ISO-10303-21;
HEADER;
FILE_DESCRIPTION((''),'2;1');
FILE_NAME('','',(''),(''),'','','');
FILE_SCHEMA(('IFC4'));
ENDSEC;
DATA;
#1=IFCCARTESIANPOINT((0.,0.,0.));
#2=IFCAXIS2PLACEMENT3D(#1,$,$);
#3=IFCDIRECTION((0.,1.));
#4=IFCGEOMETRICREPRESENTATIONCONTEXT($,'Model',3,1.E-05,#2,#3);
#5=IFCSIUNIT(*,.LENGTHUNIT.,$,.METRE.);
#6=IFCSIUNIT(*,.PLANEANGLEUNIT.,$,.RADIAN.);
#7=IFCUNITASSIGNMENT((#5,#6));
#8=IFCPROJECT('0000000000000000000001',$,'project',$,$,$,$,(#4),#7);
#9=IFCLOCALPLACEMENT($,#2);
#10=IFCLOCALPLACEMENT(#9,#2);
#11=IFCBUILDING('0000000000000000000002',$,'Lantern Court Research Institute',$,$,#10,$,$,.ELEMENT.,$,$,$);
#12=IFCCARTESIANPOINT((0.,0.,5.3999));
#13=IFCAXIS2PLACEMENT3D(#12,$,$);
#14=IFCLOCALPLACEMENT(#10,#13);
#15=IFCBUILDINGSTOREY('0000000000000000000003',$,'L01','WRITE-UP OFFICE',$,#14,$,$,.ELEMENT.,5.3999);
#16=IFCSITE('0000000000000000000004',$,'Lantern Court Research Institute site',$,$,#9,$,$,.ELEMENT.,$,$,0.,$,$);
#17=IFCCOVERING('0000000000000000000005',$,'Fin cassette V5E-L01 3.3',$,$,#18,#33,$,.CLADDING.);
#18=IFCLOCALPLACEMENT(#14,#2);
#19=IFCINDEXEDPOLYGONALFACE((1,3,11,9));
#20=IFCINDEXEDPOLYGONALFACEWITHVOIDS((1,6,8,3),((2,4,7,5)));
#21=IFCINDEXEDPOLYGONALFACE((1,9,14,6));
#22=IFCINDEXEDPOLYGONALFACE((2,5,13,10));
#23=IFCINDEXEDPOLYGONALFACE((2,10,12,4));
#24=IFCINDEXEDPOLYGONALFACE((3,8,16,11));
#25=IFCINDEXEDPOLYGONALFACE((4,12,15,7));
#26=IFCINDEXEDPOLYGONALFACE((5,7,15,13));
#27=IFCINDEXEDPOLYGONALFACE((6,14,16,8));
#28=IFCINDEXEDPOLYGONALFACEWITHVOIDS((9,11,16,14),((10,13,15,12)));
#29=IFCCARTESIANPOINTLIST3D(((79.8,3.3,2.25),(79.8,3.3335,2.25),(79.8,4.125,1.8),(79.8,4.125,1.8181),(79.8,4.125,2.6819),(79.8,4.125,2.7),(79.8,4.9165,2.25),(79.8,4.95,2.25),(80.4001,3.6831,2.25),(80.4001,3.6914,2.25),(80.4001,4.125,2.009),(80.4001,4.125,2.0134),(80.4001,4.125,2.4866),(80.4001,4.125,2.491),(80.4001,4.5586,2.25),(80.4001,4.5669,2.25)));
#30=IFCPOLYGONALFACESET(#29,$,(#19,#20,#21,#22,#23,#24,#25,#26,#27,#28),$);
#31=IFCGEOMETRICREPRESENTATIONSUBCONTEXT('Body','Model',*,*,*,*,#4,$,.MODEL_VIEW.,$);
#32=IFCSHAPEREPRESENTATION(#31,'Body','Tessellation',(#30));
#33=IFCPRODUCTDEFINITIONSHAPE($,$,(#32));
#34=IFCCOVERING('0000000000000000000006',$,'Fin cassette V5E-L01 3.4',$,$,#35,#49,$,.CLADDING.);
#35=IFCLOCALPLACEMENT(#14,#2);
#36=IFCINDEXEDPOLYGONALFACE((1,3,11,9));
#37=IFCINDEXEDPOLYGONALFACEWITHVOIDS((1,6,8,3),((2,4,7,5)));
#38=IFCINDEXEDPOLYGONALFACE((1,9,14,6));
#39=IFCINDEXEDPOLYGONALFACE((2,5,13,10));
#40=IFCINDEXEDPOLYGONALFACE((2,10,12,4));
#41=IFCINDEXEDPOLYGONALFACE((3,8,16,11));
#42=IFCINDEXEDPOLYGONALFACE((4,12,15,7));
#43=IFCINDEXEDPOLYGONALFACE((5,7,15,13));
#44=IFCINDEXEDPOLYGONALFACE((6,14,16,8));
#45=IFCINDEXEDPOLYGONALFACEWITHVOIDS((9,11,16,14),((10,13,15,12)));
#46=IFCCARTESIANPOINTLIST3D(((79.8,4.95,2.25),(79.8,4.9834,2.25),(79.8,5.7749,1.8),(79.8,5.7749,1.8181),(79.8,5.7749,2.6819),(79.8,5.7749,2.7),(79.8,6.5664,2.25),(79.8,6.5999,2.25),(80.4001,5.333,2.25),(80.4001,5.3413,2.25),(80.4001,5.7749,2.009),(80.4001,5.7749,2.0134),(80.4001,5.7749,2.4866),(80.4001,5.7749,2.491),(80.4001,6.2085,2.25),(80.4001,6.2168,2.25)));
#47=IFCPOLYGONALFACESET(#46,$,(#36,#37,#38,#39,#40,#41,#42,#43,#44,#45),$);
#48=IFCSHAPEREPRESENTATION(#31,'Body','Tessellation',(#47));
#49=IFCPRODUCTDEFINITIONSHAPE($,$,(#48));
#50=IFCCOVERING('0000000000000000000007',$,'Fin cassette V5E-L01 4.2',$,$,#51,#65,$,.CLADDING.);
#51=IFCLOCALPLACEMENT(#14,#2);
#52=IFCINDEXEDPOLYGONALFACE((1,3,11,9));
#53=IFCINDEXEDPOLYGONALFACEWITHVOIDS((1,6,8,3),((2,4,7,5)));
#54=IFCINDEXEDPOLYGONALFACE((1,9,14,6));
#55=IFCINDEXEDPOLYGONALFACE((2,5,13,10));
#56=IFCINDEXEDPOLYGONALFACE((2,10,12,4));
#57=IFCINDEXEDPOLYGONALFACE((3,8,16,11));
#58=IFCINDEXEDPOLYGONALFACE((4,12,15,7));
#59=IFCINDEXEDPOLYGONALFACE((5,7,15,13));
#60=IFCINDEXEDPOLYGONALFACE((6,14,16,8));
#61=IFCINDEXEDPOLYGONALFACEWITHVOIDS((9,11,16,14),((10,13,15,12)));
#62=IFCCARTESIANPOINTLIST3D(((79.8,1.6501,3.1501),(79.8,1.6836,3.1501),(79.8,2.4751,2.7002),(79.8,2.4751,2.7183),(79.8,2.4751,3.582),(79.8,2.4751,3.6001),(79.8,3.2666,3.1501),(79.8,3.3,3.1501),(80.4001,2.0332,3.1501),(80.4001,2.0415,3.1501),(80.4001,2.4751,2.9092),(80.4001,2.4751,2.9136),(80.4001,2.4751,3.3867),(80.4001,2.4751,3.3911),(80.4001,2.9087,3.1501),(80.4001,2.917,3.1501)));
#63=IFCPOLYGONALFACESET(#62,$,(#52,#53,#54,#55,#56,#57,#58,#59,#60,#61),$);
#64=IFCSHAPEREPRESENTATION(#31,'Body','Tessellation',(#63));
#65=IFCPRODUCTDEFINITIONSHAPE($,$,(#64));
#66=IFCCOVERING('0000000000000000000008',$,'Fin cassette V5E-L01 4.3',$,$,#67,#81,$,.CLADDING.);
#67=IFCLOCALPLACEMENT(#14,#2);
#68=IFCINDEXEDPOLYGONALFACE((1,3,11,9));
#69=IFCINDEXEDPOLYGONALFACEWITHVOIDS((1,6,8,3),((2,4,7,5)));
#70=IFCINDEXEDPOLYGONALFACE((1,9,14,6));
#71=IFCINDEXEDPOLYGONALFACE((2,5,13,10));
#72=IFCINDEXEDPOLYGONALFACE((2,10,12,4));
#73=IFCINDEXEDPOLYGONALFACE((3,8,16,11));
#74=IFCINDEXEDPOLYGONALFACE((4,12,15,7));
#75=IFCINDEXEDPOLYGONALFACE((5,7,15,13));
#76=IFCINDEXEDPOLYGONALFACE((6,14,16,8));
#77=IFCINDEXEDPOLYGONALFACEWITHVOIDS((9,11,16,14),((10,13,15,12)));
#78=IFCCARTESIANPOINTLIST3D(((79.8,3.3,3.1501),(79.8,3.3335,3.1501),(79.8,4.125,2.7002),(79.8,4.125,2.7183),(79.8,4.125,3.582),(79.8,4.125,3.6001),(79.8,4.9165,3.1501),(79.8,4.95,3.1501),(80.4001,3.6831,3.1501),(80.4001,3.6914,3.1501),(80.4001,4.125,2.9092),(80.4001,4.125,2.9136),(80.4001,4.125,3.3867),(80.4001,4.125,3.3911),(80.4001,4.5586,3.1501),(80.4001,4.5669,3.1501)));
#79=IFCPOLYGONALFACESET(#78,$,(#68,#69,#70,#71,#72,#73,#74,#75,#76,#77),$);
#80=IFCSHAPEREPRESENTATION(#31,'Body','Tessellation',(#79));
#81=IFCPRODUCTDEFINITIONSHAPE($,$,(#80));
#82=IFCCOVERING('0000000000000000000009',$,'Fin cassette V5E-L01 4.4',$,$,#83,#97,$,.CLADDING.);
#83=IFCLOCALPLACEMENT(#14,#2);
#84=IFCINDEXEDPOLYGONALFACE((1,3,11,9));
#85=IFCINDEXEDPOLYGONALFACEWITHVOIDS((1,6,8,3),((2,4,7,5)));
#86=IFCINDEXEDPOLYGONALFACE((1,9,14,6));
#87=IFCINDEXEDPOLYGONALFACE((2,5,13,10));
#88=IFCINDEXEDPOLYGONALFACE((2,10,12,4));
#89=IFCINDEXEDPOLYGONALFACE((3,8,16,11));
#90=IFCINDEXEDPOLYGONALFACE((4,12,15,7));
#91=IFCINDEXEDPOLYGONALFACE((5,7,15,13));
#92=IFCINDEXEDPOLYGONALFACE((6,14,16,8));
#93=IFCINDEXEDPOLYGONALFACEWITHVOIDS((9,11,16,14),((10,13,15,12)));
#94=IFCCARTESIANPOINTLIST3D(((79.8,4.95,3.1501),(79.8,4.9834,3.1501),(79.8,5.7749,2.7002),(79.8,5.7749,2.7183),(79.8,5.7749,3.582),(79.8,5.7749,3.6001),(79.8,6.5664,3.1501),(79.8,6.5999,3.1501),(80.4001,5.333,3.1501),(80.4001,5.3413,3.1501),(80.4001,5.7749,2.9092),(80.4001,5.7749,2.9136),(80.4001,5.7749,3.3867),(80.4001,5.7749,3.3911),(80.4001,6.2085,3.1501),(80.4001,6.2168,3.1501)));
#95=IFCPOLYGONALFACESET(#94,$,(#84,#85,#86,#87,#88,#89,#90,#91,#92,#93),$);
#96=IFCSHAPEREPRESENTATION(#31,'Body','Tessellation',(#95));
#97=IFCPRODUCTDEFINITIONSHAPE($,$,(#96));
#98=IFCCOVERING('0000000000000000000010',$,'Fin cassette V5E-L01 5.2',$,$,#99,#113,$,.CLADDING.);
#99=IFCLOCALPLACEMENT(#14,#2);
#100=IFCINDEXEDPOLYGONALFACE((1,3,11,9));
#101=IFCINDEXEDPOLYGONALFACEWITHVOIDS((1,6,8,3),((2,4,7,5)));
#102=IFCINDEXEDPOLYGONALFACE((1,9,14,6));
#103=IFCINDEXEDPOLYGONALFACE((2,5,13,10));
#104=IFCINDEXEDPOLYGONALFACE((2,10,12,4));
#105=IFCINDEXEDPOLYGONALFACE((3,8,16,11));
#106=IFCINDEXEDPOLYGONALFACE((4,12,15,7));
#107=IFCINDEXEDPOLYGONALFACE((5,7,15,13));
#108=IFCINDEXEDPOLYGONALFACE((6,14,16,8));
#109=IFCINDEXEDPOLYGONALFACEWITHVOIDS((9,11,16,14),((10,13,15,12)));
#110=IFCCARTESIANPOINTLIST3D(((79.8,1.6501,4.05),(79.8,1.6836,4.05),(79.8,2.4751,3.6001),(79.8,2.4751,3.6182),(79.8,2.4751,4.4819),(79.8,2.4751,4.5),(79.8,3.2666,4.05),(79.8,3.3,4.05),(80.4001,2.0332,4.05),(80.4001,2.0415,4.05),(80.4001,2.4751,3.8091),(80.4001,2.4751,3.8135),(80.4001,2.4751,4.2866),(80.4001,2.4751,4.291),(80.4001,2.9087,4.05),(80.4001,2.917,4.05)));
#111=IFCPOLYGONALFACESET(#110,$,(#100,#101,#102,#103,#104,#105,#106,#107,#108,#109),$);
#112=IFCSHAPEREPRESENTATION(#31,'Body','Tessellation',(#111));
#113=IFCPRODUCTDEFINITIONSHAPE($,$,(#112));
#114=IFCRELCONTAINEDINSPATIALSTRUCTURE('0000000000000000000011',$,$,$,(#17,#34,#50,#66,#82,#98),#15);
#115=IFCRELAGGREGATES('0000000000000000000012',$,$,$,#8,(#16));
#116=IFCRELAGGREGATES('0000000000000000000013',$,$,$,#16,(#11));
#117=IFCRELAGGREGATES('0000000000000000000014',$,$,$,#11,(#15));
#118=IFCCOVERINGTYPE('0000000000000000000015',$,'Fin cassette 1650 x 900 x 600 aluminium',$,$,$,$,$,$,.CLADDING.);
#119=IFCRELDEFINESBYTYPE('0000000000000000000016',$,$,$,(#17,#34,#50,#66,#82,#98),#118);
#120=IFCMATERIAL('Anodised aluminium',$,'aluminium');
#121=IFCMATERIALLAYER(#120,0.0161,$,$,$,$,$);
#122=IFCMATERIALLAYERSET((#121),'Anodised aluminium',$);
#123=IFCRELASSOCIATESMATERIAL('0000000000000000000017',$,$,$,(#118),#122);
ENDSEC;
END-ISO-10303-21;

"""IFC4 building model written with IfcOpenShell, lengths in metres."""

from ifc_helpers import new_model, entity, si_unit, direction, frame, origin, place, context, subcontext, project, spatial, material, layer, layer_set, type_object, element, save


model = new_model("IFC4")

# Units and contexts
model_context = context("Model", 3, precision=1e-05, world=origin(), true_north=direction((0.0, 1.0)))
body_context = subcontext(model_context, "Body", "Model", "MODEL_VIEW")
ifc_project = project(units=[si_unit("LENGTHUNIT", "METRE"), si_unit("PLANEANGLEUNIT", "RADIAN")], contexts=[model_context])

# Site, building, storey
site_placement = place(None, origin())
site = spatial("IfcSite", under=ifc_project, at=site_placement, Name="Lantern Court Research Institute site", CompositionType="ELEMENT", RefElevation=0.0)
building_placement = place(site_placement, origin())
building = spatial("IfcBuilding", under=site, at=building_placement, Name="Lantern Court Research Institute", CompositionType="ELEMENT")
storey_placement = place(building_placement, frame((0.0, 0.0, 5.3999)))
storey = spatial("IfcBuildingStorey", under=building, at=storey_placement, Name="L01", Description="WRITE-UP OFFICE", CompositionType="ELEMENT", Elevation=5.3999)

# Coverings
ifc_material_1 = material(Name="Anodised aluminium", Category="aluminium")
ifc_layer_1 = layer(ifc_material_1, 0.0161)
ifc_layer_set_1 = layer_set([ifc_layer_1], Name="Anodised aluminium")
covering_type = type_object("IfcCoveringType", Name="Fin cassette 1650 x 900 x 600 aluminium", PredefinedType="CLADDING", material=ifc_layer_set_1)
covering_1_placement = place(storey_placement, frame((79.8, 4.125, 2.25), z_axis=(1.0, 0.0, 0.0), x_axis=(0.0, 1.0, 0.0)))
cartesian_point_1 = entity("IfcCartesianPoint", [0.825, 0.0])
cartesian_point_2 = entity("IfcCartesianPoint", [0.7915, 0.0])
cartesian_point_3 = entity("IfcCartesianPoint", [0.4419, 0.0])
cartesian_point_4 = entity("IfcCartesianPoint", [0.4336, 0.0])
element("IfcCovering", 1, at=covering_1_placement, inside=storey, type_object=covering_type, Name="Fin cassette V5E-L01 3.3", PredefinedType="CLADDING", context=body_context, shape_type="SweptSolid", body=[
    entity("IfcExtrudedAreaSolidTapered", entity("IfcArbitraryProfileDefWithVoids", "AREA", None, entity("IfcPolyline", [cartesian_point_1, entity("IfcCartesianPoint", [0.0, 0.45]), entity("IfcCartesianPoint", [-0.825, 0.0]), entity("IfcCartesianPoint", [0.0, -0.45]), cartesian_point_1]), [entity("IfcPolyline", [cartesian_point_2, entity("IfcCartesianPoint", [0.0, 0.4319]), entity("IfcCartesianPoint", [-0.7915, 0.0]), entity("IfcCartesianPoint", [0.0, -0.4319]), cartesian_point_2])]), entity("IfcAxis2Placement3D", entity("IfcCartesianPoint", [0.0, 0.0, 0.0])), entity("IfcDirection", [0.0, 0.0, 1.0]), 0.6001, entity("IfcArbitraryProfileDefWithVoids", "AREA", None, entity("IfcPolyline", [cartesian_point_3, entity("IfcCartesianPoint", [0.0, 0.241]), entity("IfcCartesianPoint", [-0.4419, 0.0]), entity("IfcCartesianPoint", [0.0, -0.241]), cartesian_point_3]), [entity("IfcPolyline", [cartesian_point_4, entity("IfcCartesianPoint", [0.0, 0.2366]), entity("IfcCartesianPoint", [-0.4336, 0.0]), entity("IfcCartesianPoint", [0.0, -0.2366]), cartesian_point_4])])),
])
covering_2_placement = place(storey_placement, frame((79.8, 5.7749, 2.25), z_axis=(1.0, 0.0, 0.0), x_axis=(0.0, 1.0, 0.0)))
cartesian_point_5 = entity("IfcCartesianPoint", [0.825, 0.0])
cartesian_point_6 = entity("IfcCartesianPoint", [0.7915, 0.0])
cartesian_point_7 = entity("IfcCartesianPoint", [0.4419, 0.0])
cartesian_point_8 = entity("IfcCartesianPoint", [0.4336, 0.0])
element("IfcCovering", 2, at=covering_2_placement, inside=storey, type_object=covering_type, Name="Fin cassette V5E-L01 3.4", PredefinedType="CLADDING", context=body_context, shape_type="SweptSolid", body=[
    entity("IfcExtrudedAreaSolidTapered", entity("IfcArbitraryProfileDefWithVoids", "AREA", None, entity("IfcPolyline", [cartesian_point_5, entity("IfcCartesianPoint", [0.0, 0.45]), entity("IfcCartesianPoint", [-0.825, 0.0]), entity("IfcCartesianPoint", [0.0, -0.45]), cartesian_point_5]), [entity("IfcPolyline", [cartesian_point_6, entity("IfcCartesianPoint", [0.0, 0.4319]), entity("IfcCartesianPoint", [-0.7915, 0.0]), entity("IfcCartesianPoint", [0.0, -0.4319]), cartesian_point_6])]), entity("IfcAxis2Placement3D", entity("IfcCartesianPoint", [0.0, 0.0, 0.0])), entity("IfcDirection", [0.0, 0.0, 1.0]), 0.6001, entity("IfcArbitraryProfileDefWithVoids", "AREA", None, entity("IfcPolyline", [cartesian_point_7, entity("IfcCartesianPoint", [0.0, 0.241]), entity("IfcCartesianPoint", [-0.4419, 0.0]), entity("IfcCartesianPoint", [0.0, -0.241]), cartesian_point_7]), [entity("IfcPolyline", [cartesian_point_8, entity("IfcCartesianPoint", [0.0, 0.2366]), entity("IfcCartesianPoint", [-0.4336, 0.0]), entity("IfcCartesianPoint", [0.0, -0.2366]), cartesian_point_8])])),
])
covering_3_placement = place(storey_placement, frame((79.8, 2.4751, 3.1501), z_axis=(1.0, 0.0, 0.0), x_axis=(0.0, 1.0, 0.0)))
cartesian_point_9 = entity("IfcCartesianPoint", [0.825, 0.0])
cartesian_point_10 = entity("IfcCartesianPoint", [0.7915, 0.0])
cartesian_point_11 = entity("IfcCartesianPoint", [0.4419, 0.0])
cartesian_point_12 = entity("IfcCartesianPoint", [0.4336, 0.0])
element("IfcCovering", 3, at=covering_3_placement, inside=storey, type_object=covering_type, Name="Fin cassette V5E-L01 4.2", PredefinedType="CLADDING", context=body_context, shape_type="SweptSolid", body=[
    entity("IfcExtrudedAreaSolidTapered", entity("IfcArbitraryProfileDefWithVoids", "AREA", None, entity("IfcPolyline", [cartesian_point_9, entity("IfcCartesianPoint", [0.0, 0.45]), entity("IfcCartesianPoint", [-0.825, 0.0]), entity("IfcCartesianPoint", [0.0, -0.45]), cartesian_point_9]), [entity("IfcPolyline", [cartesian_point_10, entity("IfcCartesianPoint", [0.0, 0.4319]), entity("IfcCartesianPoint", [-0.7915, 0.0]), entity("IfcCartesianPoint", [0.0, -0.4319]), cartesian_point_10])]), entity("IfcAxis2Placement3D", entity("IfcCartesianPoint", [0.0, 0.0, 0.0])), entity("IfcDirection", [0.0, 0.0, 1.0]), 0.6001, entity("IfcArbitraryProfileDefWithVoids", "AREA", None, entity("IfcPolyline", [cartesian_point_11, entity("IfcCartesianPoint", [0.0, 0.241]), entity("IfcCartesianPoint", [-0.4419, 0.0]), entity("IfcCartesianPoint", [0.0, -0.241]), cartesian_point_11]), [entity("IfcPolyline", [cartesian_point_12, entity("IfcCartesianPoint", [0.0, 0.2366]), entity("IfcCartesianPoint", [-0.4336, 0.0]), entity("IfcCartesianPoint", [0.0, -0.2366]), cartesian_point_12])])),
])
covering_4_placement = place(storey_placement, frame((79.8, 4.125, 3.1501), z_axis=(1.0, 0.0, 0.0), x_axis=(0.0, 1.0, 0.0)))
cartesian_point_13 = entity("IfcCartesianPoint", [0.825, 0.0])
cartesian_point_14 = entity("IfcCartesianPoint", [0.7915, 0.0])
cartesian_point_15 = entity("IfcCartesianPoint", [0.4419, 0.0])
cartesian_point_16 = entity("IfcCartesianPoint", [0.4336, 0.0])
element("IfcCovering", 4, at=covering_4_placement, inside=storey, type_object=covering_type, Name="Fin cassette V5E-L01 4.3", PredefinedType="CLADDING", context=body_context, shape_type="SweptSolid", body=[
    entity("IfcExtrudedAreaSolidTapered", entity("IfcArbitraryProfileDefWithVoids", "AREA", None, entity("IfcPolyline", [cartesian_point_13, entity("IfcCartesianPoint", [0.0, 0.45]), entity("IfcCartesianPoint", [-0.825, 0.0]), entity("IfcCartesianPoint", [0.0, -0.45]), cartesian_point_13]), [entity("IfcPolyline", [cartesian_point_14, entity("IfcCartesianPoint", [0.0, 0.4319]), entity("IfcCartesianPoint", [-0.7915, 0.0]), entity("IfcCartesianPoint", [0.0, -0.4319]), cartesian_point_14])]), entity("IfcAxis2Placement3D", entity("IfcCartesianPoint", [0.0, 0.0, 0.0])), entity("IfcDirection", [0.0, 0.0, 1.0]), 0.6001, entity("IfcArbitraryProfileDefWithVoids", "AREA", None, entity("IfcPolyline", [cartesian_point_15, entity("IfcCartesianPoint", [0.0, 0.241]), entity("IfcCartesianPoint", [-0.4419, 0.0]), entity("IfcCartesianPoint", [0.0, -0.241]), cartesian_point_15]), [entity("IfcPolyline", [cartesian_point_16, entity("IfcCartesianPoint", [0.0, 0.2366]), entity("IfcCartesianPoint", [-0.4336, 0.0]), entity("IfcCartesianPoint", [0.0, -0.2366]), cartesian_point_16])])),
])
covering_5_placement = place(storey_placement, frame((79.8, 5.7749, 3.1501), z_axis=(1.0, 0.0, 0.0), x_axis=(0.0, 1.0, 0.0)))
cartesian_point_17 = entity("IfcCartesianPoint", [0.825, 0.0])
cartesian_point_18 = entity("IfcCartesianPoint", [0.7915, 0.0])
cartesian_point_19 = entity("IfcCartesianPoint", [0.4419, 0.0])
cartesian_point_20 = entity("IfcCartesianPoint", [0.4336, 0.0])
element("IfcCovering", 5, at=covering_5_placement, inside=storey, type_object=covering_type, Name="Fin cassette V5E-L01 4.4", PredefinedType="CLADDING", context=body_context, shape_type="SweptSolid", body=[
    entity("IfcExtrudedAreaSolidTapered", entity("IfcArbitraryProfileDefWithVoids", "AREA", None, entity("IfcPolyline", [cartesian_point_17, entity("IfcCartesianPoint", [0.0, 0.45]), entity("IfcCartesianPoint", [-0.825, 0.0]), entity("IfcCartesianPoint", [0.0, -0.45]), cartesian_point_17]), [entity("IfcPolyline", [cartesian_point_18, entity("IfcCartesianPoint", [0.0, 0.4319]), entity("IfcCartesianPoint", [-0.7915, 0.0]), entity("IfcCartesianPoint", [0.0, -0.4319]), cartesian_point_18])]), entity("IfcAxis2Placement3D", entity("IfcCartesianPoint", [0.0, 0.0, 0.0])), entity("IfcDirection", [0.0, 0.0, 1.0]), 0.6001, entity("IfcArbitraryProfileDefWithVoids", "AREA", None, entity("IfcPolyline", [cartesian_point_19, entity("IfcCartesianPoint", [0.0, 0.241]), entity("IfcCartesianPoint", [-0.4419, 0.0]), entity("IfcCartesianPoint", [0.0, -0.241]), cartesian_point_19]), [entity("IfcPolyline", [cartesian_point_20, entity("IfcCartesianPoint", [0.0, 0.2366]), entity("IfcCartesianPoint", [-0.4336, 0.0]), entity("IfcCartesianPoint", [0.0, -0.2366]), cartesian_point_20])])),
])
covering_6_placement = place(storey_placement, frame((79.8, 2.4751, 4.05), z_axis=(1.0, 0.0, 0.0), x_axis=(0.0, 1.0, 0.0)))
cartesian_point_21 = entity("IfcCartesianPoint", [0.825, 0.0])
cartesian_point_22 = entity("IfcCartesianPoint", [0.7915, 0.0])
cartesian_point_23 = entity("IfcCartesianPoint", [0.4419, 0.0])
cartesian_point_24 = entity("IfcCartesianPoint", [0.4336, 0.0])
element("IfcCovering", 6, at=covering_6_placement, inside=storey, type_object=covering_type, Name="Fin cassette V5E-L01 5.2", PredefinedType="CLADDING", context=body_context, shape_type="SweptSolid", body=[
    entity("IfcExtrudedAreaSolidTapered", entity("IfcArbitraryProfileDefWithVoids", "AREA", None, entity("IfcPolyline", [cartesian_point_21, entity("IfcCartesianPoint", [0.0, 0.45]), entity("IfcCartesianPoint", [-0.825, 0.0]), entity("IfcCartesianPoint", [0.0, -0.45]), cartesian_point_21]), [entity("IfcPolyline", [cartesian_point_22, entity("IfcCartesianPoint", [0.0, 0.4319]), entity("IfcCartesianPoint", [-0.7915, 0.0]), entity("IfcCartesianPoint", [0.0, -0.4319]), cartesian_point_22])]), entity("IfcAxis2Placement3D", entity("IfcCartesianPoint", [0.0, 0.0, 0.0])), entity("IfcDirection", [0.0, 0.0, 1.0]), 0.6001, entity("IfcArbitraryProfileDefWithVoids", "AREA", None, entity("IfcPolyline", [cartesian_point_23, entity("IfcCartesianPoint", [0.0, 0.241]), entity("IfcCartesianPoint", [-0.4419, 0.0]), entity("IfcCartesianPoint", [0.0, -0.241]), cartesian_point_23]), [entity("IfcPolyline", [cartesian_point_24, entity("IfcCartesianPoint", [0.0, 0.2366]), entity("IfcCartesianPoint", [-0.4336, 0.0]), entity("IfcCartesianPoint", [0.0, -0.2366]), cartesian_point_24])])),
])

save(model, "model.ifc")
